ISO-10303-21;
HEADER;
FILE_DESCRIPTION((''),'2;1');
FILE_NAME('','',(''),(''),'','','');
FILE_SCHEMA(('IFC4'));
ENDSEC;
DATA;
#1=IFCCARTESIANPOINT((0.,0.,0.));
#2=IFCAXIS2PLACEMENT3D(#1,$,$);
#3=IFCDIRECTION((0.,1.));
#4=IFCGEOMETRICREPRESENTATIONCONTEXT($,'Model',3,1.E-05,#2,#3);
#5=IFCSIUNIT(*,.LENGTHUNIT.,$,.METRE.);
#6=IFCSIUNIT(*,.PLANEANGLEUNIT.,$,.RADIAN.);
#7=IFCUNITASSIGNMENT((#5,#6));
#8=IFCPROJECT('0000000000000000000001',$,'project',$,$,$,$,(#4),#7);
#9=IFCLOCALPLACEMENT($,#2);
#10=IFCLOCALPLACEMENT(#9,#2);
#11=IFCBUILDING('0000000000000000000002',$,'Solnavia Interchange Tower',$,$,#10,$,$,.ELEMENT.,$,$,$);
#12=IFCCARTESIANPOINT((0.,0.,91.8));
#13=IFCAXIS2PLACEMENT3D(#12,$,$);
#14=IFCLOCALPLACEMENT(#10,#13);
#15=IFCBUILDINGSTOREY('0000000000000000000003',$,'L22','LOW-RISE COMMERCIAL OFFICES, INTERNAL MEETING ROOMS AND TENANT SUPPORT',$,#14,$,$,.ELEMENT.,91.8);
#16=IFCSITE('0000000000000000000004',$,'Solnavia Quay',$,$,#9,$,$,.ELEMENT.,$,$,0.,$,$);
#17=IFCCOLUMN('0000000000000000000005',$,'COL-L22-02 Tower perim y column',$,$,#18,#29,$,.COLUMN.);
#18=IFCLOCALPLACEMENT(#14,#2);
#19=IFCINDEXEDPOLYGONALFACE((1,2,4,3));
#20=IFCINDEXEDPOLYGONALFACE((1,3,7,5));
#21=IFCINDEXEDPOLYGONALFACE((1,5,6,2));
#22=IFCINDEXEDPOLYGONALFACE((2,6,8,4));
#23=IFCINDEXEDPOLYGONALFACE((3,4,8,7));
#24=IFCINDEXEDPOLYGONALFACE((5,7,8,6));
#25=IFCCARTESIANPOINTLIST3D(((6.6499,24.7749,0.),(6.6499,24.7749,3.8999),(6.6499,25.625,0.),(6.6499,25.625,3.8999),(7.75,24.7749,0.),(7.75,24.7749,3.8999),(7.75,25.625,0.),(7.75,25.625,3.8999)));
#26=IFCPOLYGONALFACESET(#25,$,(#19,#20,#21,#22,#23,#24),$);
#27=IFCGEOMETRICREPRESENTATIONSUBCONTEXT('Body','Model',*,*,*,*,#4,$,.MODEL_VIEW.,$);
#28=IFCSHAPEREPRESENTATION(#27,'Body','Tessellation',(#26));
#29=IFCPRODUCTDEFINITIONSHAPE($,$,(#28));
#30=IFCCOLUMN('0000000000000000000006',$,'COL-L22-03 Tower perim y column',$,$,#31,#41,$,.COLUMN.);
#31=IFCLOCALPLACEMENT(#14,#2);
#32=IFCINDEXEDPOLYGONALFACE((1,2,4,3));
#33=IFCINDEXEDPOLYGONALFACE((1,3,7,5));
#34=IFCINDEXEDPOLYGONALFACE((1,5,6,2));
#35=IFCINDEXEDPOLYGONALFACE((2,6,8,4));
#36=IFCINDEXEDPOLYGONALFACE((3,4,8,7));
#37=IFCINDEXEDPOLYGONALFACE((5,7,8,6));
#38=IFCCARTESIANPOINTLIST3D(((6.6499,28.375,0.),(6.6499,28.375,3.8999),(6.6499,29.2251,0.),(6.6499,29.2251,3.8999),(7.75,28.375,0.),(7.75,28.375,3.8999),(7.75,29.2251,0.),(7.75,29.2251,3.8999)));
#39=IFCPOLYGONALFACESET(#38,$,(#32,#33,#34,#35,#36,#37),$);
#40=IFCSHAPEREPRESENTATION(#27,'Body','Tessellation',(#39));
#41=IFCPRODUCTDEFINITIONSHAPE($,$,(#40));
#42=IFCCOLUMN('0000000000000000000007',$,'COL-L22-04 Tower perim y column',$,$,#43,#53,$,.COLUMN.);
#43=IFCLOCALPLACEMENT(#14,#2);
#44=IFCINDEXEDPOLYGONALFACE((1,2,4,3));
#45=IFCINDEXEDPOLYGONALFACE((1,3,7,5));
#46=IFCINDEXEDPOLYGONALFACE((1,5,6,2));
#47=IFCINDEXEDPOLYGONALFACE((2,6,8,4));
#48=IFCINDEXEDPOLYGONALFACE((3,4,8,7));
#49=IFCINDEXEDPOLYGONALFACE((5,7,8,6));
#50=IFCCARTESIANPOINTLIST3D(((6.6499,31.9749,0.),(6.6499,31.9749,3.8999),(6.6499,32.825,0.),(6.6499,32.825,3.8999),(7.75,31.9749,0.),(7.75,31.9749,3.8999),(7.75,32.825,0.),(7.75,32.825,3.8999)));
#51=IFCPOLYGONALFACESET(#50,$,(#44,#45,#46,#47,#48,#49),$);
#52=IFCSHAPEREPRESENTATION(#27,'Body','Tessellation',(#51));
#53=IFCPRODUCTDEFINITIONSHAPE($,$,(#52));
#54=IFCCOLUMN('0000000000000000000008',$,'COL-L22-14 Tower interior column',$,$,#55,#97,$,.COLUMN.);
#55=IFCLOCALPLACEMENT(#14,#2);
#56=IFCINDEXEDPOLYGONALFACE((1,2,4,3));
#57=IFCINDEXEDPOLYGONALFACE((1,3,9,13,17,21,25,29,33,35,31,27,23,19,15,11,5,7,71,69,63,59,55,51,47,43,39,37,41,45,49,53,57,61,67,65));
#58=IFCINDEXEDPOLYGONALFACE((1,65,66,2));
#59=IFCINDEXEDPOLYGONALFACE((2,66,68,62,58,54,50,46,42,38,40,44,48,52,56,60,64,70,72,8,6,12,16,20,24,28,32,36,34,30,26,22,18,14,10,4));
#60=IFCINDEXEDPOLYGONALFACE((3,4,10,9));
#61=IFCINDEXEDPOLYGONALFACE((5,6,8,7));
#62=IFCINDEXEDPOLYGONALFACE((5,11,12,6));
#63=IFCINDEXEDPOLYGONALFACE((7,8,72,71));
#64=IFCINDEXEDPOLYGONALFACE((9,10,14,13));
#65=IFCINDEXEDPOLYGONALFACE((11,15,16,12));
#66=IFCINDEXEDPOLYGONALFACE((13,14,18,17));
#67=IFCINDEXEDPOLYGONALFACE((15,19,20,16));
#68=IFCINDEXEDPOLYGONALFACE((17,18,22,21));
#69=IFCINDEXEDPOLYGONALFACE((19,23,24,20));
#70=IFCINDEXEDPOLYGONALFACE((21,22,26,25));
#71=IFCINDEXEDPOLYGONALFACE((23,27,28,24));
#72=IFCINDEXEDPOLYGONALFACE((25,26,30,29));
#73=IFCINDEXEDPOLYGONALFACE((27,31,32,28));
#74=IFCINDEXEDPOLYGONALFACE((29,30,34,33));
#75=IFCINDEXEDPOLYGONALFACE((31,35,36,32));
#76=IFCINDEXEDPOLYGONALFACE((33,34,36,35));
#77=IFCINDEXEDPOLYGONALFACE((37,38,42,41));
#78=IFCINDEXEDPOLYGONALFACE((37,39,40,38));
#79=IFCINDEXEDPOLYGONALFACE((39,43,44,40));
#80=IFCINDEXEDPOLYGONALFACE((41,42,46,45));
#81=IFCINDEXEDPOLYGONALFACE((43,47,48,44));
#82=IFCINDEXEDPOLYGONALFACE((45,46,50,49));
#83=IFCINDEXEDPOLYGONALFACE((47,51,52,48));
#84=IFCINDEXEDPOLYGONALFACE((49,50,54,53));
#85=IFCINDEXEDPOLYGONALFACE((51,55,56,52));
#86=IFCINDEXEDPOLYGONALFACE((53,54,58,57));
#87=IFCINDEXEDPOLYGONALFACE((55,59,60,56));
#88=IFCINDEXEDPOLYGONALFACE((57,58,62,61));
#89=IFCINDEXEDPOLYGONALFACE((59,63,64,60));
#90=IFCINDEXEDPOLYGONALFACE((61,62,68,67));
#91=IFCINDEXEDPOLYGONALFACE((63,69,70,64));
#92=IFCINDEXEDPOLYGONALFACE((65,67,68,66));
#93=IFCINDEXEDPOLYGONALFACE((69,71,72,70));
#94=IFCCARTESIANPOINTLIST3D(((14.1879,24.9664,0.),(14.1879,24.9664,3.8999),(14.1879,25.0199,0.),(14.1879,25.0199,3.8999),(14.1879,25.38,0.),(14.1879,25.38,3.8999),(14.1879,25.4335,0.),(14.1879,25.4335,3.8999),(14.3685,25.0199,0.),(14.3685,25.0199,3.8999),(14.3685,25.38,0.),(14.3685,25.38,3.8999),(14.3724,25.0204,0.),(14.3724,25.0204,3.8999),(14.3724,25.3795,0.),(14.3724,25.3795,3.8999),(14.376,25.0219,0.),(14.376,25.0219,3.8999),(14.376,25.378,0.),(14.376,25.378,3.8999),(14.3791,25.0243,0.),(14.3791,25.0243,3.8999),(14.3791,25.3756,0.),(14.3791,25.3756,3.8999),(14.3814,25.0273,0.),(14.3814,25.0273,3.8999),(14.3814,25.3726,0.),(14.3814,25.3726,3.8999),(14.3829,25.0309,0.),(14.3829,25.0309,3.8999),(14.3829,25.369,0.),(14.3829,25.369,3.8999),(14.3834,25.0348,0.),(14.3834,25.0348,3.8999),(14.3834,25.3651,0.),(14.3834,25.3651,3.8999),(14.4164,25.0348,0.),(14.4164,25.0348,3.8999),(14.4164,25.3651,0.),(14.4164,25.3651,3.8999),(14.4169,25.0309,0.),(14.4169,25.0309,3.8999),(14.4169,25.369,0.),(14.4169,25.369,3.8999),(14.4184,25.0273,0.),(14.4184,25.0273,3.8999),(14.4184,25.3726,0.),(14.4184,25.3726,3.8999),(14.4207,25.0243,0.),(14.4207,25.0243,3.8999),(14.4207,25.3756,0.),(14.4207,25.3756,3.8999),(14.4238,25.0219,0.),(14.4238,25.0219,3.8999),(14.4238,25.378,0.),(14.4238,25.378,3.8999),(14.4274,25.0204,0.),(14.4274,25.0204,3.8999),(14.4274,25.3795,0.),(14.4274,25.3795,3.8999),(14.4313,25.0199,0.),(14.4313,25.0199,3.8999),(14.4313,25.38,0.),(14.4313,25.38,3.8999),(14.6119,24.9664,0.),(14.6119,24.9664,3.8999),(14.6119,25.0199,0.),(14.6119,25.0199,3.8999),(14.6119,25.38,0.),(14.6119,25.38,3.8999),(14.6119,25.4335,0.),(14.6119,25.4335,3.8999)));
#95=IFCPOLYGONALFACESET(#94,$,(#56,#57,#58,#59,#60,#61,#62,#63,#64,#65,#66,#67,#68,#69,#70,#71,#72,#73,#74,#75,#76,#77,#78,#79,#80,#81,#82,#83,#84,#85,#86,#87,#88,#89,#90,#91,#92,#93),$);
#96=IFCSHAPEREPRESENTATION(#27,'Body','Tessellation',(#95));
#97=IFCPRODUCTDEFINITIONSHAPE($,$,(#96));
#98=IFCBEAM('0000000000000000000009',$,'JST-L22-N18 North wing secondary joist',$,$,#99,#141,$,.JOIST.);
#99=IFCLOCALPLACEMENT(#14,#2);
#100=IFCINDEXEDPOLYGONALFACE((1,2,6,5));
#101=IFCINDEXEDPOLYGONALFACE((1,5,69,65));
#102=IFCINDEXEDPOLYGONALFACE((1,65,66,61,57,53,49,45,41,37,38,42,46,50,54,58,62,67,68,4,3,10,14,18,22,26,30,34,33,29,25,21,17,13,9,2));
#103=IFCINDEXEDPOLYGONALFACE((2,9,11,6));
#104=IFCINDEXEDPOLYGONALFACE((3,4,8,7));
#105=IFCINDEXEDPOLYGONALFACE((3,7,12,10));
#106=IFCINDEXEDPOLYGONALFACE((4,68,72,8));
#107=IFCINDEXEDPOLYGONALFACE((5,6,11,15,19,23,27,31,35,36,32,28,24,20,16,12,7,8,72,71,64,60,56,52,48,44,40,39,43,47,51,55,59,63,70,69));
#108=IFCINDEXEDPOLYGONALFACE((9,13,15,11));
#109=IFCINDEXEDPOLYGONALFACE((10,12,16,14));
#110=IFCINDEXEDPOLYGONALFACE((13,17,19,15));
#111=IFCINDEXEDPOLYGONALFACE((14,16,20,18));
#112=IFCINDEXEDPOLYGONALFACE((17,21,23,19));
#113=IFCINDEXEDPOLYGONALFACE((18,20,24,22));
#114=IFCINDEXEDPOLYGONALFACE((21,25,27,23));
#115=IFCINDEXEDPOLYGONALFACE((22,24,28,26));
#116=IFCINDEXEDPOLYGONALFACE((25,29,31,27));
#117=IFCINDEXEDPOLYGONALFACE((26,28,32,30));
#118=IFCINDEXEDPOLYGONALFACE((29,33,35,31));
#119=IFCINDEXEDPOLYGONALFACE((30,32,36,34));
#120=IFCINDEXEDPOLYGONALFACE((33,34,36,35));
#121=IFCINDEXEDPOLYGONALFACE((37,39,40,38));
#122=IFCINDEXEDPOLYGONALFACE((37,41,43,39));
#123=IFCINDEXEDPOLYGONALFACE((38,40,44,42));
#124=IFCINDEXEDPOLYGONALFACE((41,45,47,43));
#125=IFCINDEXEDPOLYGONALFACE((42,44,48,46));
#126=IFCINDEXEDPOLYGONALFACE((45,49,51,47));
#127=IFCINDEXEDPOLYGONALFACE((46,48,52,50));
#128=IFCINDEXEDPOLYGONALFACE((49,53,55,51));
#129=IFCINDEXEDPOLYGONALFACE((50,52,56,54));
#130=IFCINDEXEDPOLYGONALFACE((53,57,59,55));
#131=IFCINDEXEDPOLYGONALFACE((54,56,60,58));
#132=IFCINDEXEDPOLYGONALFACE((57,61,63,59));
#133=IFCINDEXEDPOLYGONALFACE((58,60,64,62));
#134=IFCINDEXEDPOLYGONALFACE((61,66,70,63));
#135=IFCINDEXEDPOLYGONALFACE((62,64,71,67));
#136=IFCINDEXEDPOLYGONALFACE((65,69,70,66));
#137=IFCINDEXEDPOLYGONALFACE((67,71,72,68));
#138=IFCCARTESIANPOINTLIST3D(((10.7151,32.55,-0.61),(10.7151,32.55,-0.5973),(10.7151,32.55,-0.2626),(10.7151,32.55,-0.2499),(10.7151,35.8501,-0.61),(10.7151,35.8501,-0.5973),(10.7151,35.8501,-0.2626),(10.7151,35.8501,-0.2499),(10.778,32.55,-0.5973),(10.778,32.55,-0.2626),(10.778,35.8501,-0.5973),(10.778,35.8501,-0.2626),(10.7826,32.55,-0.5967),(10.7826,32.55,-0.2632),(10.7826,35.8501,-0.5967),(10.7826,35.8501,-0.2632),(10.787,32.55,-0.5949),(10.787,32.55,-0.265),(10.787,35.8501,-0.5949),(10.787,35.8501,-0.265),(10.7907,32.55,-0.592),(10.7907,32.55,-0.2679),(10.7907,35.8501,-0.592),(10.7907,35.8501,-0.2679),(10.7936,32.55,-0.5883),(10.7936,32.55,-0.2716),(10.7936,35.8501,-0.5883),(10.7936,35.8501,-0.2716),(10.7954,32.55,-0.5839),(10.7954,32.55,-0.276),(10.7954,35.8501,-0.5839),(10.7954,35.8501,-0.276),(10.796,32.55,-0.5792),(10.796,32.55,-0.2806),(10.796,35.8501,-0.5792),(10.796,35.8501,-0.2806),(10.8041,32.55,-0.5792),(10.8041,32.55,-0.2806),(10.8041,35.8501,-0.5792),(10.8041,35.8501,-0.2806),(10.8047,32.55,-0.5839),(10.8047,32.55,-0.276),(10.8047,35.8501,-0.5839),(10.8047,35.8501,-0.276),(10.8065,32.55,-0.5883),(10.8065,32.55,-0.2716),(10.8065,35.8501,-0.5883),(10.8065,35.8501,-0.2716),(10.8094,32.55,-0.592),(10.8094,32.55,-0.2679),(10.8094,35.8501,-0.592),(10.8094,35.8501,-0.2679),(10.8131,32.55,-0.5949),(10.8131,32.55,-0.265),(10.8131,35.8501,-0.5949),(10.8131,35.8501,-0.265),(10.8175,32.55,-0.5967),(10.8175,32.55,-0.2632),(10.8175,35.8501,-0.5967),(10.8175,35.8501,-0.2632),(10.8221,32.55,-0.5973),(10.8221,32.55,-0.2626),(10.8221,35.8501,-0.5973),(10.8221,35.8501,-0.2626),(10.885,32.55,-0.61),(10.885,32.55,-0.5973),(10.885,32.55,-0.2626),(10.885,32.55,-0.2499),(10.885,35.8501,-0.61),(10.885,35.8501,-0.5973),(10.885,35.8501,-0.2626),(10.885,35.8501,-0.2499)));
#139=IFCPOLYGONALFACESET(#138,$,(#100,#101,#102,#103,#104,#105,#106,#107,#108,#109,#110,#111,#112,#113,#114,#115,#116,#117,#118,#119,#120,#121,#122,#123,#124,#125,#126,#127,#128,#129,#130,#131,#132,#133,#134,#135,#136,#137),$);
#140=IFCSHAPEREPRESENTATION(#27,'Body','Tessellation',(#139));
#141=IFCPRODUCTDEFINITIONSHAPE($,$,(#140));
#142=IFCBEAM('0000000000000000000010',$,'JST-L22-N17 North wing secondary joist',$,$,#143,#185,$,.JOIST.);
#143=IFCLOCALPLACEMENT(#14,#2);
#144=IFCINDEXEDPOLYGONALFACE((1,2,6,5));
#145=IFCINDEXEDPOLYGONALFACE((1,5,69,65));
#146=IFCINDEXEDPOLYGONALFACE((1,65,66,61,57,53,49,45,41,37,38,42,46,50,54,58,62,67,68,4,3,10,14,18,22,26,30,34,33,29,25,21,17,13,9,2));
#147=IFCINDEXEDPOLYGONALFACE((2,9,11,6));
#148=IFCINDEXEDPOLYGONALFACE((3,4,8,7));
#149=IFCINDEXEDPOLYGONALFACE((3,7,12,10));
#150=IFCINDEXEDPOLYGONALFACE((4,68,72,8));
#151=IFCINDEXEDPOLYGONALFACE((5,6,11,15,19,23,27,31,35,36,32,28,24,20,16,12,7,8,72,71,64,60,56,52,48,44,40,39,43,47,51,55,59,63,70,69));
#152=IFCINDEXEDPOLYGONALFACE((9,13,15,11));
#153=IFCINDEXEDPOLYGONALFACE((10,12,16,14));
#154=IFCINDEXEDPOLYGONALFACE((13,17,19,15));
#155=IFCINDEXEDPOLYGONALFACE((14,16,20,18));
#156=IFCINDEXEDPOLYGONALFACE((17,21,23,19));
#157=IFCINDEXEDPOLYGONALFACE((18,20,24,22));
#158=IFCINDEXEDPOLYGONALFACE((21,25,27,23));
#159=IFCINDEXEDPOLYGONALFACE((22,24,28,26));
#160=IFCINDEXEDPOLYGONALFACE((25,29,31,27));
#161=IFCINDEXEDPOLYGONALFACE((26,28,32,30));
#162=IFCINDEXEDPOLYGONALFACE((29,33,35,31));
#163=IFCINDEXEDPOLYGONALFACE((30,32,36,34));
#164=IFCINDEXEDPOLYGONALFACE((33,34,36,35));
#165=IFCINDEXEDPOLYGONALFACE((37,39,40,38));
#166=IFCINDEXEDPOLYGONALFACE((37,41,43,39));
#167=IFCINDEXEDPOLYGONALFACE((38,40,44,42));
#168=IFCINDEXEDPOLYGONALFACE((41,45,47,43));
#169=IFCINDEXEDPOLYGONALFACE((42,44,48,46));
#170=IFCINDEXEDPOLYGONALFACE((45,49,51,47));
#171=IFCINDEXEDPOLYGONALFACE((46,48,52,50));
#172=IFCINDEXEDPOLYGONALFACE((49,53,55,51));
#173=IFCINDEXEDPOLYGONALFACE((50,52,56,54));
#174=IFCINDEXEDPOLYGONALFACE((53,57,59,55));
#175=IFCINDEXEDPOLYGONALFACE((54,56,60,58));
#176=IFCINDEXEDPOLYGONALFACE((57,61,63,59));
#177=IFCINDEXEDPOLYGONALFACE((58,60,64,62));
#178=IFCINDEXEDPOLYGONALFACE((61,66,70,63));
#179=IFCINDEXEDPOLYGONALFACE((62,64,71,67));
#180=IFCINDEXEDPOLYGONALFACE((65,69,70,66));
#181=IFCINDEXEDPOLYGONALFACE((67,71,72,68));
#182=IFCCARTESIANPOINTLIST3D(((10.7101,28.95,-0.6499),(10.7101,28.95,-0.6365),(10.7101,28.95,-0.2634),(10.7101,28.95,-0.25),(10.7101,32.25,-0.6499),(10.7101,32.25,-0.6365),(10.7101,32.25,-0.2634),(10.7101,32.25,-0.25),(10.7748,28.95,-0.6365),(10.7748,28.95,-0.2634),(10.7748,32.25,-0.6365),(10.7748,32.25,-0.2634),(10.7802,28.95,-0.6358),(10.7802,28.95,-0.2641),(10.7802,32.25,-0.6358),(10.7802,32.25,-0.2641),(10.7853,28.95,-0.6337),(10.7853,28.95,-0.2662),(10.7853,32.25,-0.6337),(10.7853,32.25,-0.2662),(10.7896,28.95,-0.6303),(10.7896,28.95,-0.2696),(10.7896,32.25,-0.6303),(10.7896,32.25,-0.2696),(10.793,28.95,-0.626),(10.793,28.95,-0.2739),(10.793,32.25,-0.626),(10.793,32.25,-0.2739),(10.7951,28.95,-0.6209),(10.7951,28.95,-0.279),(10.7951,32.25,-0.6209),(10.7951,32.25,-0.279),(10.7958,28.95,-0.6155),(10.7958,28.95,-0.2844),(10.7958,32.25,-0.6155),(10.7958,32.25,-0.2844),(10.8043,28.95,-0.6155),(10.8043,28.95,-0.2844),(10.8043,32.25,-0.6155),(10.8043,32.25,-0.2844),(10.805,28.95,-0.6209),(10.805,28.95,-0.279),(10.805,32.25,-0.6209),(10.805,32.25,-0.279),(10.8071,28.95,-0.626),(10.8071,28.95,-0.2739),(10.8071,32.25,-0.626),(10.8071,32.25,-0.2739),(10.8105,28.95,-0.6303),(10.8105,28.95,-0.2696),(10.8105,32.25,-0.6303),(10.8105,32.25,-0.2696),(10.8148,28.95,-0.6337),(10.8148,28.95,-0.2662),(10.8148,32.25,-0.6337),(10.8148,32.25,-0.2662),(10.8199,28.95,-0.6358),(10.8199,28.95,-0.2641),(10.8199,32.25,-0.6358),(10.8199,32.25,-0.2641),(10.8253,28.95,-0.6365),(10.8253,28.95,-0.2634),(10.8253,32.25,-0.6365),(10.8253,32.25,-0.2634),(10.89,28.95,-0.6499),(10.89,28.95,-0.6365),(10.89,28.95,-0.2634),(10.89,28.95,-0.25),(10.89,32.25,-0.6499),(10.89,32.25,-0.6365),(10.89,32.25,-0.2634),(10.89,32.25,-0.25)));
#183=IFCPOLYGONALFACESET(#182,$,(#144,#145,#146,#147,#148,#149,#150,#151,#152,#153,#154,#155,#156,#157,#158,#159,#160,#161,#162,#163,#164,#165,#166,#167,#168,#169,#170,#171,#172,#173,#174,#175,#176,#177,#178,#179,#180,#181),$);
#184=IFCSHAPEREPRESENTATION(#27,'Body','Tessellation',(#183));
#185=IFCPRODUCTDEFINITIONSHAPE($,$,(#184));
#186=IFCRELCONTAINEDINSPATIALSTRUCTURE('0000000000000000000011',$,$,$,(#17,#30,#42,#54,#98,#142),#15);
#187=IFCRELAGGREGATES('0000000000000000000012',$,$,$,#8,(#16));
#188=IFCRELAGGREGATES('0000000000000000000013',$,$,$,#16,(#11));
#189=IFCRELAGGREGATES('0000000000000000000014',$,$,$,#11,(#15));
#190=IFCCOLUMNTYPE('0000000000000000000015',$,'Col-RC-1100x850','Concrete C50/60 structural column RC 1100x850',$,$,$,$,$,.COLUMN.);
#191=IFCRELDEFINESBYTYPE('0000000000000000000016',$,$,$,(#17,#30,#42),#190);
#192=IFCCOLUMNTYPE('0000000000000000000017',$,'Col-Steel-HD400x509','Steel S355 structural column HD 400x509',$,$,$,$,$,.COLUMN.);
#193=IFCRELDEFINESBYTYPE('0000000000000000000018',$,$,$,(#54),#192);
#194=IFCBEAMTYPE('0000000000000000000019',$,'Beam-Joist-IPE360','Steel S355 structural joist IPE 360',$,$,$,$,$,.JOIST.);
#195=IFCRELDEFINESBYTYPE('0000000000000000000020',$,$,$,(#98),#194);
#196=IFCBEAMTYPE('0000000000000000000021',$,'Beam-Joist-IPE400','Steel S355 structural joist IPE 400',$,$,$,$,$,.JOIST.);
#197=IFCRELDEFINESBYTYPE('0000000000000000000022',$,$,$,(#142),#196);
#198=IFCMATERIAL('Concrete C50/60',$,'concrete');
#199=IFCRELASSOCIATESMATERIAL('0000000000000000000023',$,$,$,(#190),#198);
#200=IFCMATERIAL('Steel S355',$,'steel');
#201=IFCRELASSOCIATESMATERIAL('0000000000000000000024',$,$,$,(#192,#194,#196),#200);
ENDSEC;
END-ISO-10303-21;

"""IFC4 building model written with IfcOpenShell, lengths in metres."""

from ifc_helpers import new_model, si_unit, direction, frame, origin, origin_2d, place, context, subcontext, project, spatial, rectangle, i_section, extrude, material, material_profile, profile_set, type_object, element, save


model = new_model("IFC4")

# Units and contexts
model_context = context("Model", 3, precision=1e-05, world=origin(), true_north=direction((0.0, 1.0)))
body_context = subcontext(model_context, "Body", "Model", "MODEL_VIEW")
ifc_project = project(units=[si_unit("LENGTHUNIT", "METRE"), si_unit("PLANEANGLEUNIT", "RADIAN")], contexts=[model_context])

# Site, building, storey
site_placement = place(None, origin())
site = spatial("IfcSite", under=ifc_project, at=site_placement, Name="Solnavia Quay", CompositionType="ELEMENT", RefElevation=0.0)
building_placement = place(site_placement, origin())
building = spatial("IfcBuilding", under=site, at=building_placement, Name="Solnavia Interchange Tower", CompositionType="ELEMENT")
storey_placement = place(building_placement, frame((0.0, 0.0, 91.8)))
storey = spatial("IfcBuildingStorey", under=building, at=storey_placement, Name="L22", Description="LOW-RISE COMMERCIAL OFFICES, INTERNAL MEETING ROOMS AND TENANT SUPPORT", CompositionType="ELEMENT", Elevation=91.8)

# Columns
ifc_material_1 = material(Name="Concrete C50/60", Category="concrete")
ifc_material_profile_1 = material_profile(ifc_material_1, rectangle(XDim=0.8501, YDim=1.1001, at=origin_2d()), Name="RC 1100x850")
ifc_profile_set_1 = profile_set([ifc_material_profile_1], Name="Concrete C50/60")
column_type_1 = type_object("IfcColumnType", Name="Col-RC-1100x850", Description="Concrete C50/60 structural column RC 1100x850", PredefinedType="COLUMN", material=ifc_profile_set_1)
for number, where, z_axis, x_axis, name in (
    (1, (7.2, 25.2, 0.0), (0.0, 0.0, 1.0), (0.0, 1.0, 0.0), "COL-L22-02 Tower perim y column"),
    (2, (7.2, 28.8, 0.0), (0.0, 0.0, 1.0), (0.0, 1.0, 0.0), "COL-L22-03 Tower perim y column"),
    (3, (7.2, 32.3999, 0.0), (0.0, 0.0, 1.0), (0.0, 1.0, 0.0), "COL-L22-04 Tower perim y column"),
):
    element("IfcColumn", number, at=place(storey_placement, frame(where, z_axis=z_axis, x_axis=x_axis)), inside=storey, type_object=column_type_1, Name=name, PredefinedType="COLUMN", context=body_context, shape_type="SweptSolid", body=[
        extrude(rectangle(XDim=0.8501, YDim=1.1001, at=origin_2d()), origin(), (0.0, 0.0, 1.0), 3.8999),
    ])
ifc_material_2 = material(Name="Steel S355", Category="steel")
ifc_material_profile_2 = material_profile(ifc_material_2, i_section(OverallWidth=0.4241, OverallDepth=0.467, WebThickness=0.033, FlangeThickness=0.0535, FilletRadius=0.0149, at=origin_2d()), Name="HD 400x509")
ifc_profile_set_2 = profile_set([ifc_material_profile_2], Name="Steel S355")
column_type_2 = type_object("IfcColumnType", Name="Col-Steel-HD400x509", Description="Steel S355 structural column HD 400x509", PredefinedType="COLUMN", material=ifc_profile_set_2)
column_placement = place(storey_placement, frame((14.3999, 25.2, 0.0), z_axis=(0.0, 0.0, 1.0), x_axis=(1.0, 0.0, 0.0)))
element("IfcColumn", 4, at=column_placement, inside=storey, type_object=column_type_2, Name="COL-L22-14 Tower interior column", PredefinedType="COLUMN", context=body_context, shape_type="SweptSolid", body=[
    extrude(i_section(OverallWidth=0.4241, OverallDepth=0.467, WebThickness=0.033, FlangeThickness=0.0535, FilletRadius=0.0149, at=origin_2d()), origin(), (0.0, 0.0, 1.0), 3.8999),
])

# Beams
ifc_material_profile_3 = material_profile(ifc_material_2, i_section(OverallWidth=0.1699, OverallDepth=0.3601, WebThickness=0.0081, FlangeThickness=0.0127, FilletRadius=0.0181, at=origin_2d()), Name="IPE 360")
ifc_profile_set_3 = profile_set([ifc_material_profile_3], Name="Steel S355")
beam_type_1 = type_object("IfcBeamType", Name="Beam-Joist-IPE360", Description="Steel S355 structural joist IPE 360", PredefinedType="JOIST", material=ifc_profile_set_3)
beam_1_placement = place(storey_placement, frame((10.8, 32.55, -0.4299), z_axis=(0.0, 1.0, 0.0), x_axis=(-1.0, 0.0, 0.0)))
element("IfcBeam", 5, at=beam_1_placement, inside=storey, type_object=beam_type_1, Name="JST-L22-N18 North wing secondary joist", PredefinedType="JOIST", context=body_context, shape_type="SweptSolid", body=[
    extrude(i_section(OverallWidth=0.1699, OverallDepth=0.3601, WebThickness=0.0081, FlangeThickness=0.0127, FilletRadius=0.0181, at=origin_2d()), origin(), (0.0, 0.0, 1.0), 3.3),
])
ifc_material_profile_4 = material_profile(ifc_material_2, i_section(OverallWidth=0.1799, OverallDepth=0.3999, WebThickness=0.0085, FlangeThickness=0.0134, FilletRadius=0.021, at=origin_2d()), Name="IPE 400")
ifc_profile_set_4 = profile_set([ifc_material_profile_4], Name="Steel S355")
beam_type_2 = type_object("IfcBeamType", Name="Beam-Joist-IPE400", Description="Steel S355 structural joist IPE 400", PredefinedType="JOIST", material=ifc_profile_set_4)
beam_2_placement = place(storey_placement, frame((10.8, 28.95, -0.45), z_axis=(0.0, 1.0, 0.0), x_axis=(-1.0, 0.0, 0.0)))
element("IfcBeam", 6, at=beam_2_placement, inside=storey, type_object=beam_type_2, Name="JST-L22-N17 North wing secondary joist", PredefinedType="JOIST", context=body_context, shape_type="SweptSolid", body=[
    extrude(i_section(OverallWidth=0.1799, OverallDepth=0.3999, WebThickness=0.0085, FlangeThickness=0.0134, FilletRadius=0.021, at=origin_2d()), origin(), (0.0, 0.0, 1.0), 3.3),
])

save(model, "model.ifc")
